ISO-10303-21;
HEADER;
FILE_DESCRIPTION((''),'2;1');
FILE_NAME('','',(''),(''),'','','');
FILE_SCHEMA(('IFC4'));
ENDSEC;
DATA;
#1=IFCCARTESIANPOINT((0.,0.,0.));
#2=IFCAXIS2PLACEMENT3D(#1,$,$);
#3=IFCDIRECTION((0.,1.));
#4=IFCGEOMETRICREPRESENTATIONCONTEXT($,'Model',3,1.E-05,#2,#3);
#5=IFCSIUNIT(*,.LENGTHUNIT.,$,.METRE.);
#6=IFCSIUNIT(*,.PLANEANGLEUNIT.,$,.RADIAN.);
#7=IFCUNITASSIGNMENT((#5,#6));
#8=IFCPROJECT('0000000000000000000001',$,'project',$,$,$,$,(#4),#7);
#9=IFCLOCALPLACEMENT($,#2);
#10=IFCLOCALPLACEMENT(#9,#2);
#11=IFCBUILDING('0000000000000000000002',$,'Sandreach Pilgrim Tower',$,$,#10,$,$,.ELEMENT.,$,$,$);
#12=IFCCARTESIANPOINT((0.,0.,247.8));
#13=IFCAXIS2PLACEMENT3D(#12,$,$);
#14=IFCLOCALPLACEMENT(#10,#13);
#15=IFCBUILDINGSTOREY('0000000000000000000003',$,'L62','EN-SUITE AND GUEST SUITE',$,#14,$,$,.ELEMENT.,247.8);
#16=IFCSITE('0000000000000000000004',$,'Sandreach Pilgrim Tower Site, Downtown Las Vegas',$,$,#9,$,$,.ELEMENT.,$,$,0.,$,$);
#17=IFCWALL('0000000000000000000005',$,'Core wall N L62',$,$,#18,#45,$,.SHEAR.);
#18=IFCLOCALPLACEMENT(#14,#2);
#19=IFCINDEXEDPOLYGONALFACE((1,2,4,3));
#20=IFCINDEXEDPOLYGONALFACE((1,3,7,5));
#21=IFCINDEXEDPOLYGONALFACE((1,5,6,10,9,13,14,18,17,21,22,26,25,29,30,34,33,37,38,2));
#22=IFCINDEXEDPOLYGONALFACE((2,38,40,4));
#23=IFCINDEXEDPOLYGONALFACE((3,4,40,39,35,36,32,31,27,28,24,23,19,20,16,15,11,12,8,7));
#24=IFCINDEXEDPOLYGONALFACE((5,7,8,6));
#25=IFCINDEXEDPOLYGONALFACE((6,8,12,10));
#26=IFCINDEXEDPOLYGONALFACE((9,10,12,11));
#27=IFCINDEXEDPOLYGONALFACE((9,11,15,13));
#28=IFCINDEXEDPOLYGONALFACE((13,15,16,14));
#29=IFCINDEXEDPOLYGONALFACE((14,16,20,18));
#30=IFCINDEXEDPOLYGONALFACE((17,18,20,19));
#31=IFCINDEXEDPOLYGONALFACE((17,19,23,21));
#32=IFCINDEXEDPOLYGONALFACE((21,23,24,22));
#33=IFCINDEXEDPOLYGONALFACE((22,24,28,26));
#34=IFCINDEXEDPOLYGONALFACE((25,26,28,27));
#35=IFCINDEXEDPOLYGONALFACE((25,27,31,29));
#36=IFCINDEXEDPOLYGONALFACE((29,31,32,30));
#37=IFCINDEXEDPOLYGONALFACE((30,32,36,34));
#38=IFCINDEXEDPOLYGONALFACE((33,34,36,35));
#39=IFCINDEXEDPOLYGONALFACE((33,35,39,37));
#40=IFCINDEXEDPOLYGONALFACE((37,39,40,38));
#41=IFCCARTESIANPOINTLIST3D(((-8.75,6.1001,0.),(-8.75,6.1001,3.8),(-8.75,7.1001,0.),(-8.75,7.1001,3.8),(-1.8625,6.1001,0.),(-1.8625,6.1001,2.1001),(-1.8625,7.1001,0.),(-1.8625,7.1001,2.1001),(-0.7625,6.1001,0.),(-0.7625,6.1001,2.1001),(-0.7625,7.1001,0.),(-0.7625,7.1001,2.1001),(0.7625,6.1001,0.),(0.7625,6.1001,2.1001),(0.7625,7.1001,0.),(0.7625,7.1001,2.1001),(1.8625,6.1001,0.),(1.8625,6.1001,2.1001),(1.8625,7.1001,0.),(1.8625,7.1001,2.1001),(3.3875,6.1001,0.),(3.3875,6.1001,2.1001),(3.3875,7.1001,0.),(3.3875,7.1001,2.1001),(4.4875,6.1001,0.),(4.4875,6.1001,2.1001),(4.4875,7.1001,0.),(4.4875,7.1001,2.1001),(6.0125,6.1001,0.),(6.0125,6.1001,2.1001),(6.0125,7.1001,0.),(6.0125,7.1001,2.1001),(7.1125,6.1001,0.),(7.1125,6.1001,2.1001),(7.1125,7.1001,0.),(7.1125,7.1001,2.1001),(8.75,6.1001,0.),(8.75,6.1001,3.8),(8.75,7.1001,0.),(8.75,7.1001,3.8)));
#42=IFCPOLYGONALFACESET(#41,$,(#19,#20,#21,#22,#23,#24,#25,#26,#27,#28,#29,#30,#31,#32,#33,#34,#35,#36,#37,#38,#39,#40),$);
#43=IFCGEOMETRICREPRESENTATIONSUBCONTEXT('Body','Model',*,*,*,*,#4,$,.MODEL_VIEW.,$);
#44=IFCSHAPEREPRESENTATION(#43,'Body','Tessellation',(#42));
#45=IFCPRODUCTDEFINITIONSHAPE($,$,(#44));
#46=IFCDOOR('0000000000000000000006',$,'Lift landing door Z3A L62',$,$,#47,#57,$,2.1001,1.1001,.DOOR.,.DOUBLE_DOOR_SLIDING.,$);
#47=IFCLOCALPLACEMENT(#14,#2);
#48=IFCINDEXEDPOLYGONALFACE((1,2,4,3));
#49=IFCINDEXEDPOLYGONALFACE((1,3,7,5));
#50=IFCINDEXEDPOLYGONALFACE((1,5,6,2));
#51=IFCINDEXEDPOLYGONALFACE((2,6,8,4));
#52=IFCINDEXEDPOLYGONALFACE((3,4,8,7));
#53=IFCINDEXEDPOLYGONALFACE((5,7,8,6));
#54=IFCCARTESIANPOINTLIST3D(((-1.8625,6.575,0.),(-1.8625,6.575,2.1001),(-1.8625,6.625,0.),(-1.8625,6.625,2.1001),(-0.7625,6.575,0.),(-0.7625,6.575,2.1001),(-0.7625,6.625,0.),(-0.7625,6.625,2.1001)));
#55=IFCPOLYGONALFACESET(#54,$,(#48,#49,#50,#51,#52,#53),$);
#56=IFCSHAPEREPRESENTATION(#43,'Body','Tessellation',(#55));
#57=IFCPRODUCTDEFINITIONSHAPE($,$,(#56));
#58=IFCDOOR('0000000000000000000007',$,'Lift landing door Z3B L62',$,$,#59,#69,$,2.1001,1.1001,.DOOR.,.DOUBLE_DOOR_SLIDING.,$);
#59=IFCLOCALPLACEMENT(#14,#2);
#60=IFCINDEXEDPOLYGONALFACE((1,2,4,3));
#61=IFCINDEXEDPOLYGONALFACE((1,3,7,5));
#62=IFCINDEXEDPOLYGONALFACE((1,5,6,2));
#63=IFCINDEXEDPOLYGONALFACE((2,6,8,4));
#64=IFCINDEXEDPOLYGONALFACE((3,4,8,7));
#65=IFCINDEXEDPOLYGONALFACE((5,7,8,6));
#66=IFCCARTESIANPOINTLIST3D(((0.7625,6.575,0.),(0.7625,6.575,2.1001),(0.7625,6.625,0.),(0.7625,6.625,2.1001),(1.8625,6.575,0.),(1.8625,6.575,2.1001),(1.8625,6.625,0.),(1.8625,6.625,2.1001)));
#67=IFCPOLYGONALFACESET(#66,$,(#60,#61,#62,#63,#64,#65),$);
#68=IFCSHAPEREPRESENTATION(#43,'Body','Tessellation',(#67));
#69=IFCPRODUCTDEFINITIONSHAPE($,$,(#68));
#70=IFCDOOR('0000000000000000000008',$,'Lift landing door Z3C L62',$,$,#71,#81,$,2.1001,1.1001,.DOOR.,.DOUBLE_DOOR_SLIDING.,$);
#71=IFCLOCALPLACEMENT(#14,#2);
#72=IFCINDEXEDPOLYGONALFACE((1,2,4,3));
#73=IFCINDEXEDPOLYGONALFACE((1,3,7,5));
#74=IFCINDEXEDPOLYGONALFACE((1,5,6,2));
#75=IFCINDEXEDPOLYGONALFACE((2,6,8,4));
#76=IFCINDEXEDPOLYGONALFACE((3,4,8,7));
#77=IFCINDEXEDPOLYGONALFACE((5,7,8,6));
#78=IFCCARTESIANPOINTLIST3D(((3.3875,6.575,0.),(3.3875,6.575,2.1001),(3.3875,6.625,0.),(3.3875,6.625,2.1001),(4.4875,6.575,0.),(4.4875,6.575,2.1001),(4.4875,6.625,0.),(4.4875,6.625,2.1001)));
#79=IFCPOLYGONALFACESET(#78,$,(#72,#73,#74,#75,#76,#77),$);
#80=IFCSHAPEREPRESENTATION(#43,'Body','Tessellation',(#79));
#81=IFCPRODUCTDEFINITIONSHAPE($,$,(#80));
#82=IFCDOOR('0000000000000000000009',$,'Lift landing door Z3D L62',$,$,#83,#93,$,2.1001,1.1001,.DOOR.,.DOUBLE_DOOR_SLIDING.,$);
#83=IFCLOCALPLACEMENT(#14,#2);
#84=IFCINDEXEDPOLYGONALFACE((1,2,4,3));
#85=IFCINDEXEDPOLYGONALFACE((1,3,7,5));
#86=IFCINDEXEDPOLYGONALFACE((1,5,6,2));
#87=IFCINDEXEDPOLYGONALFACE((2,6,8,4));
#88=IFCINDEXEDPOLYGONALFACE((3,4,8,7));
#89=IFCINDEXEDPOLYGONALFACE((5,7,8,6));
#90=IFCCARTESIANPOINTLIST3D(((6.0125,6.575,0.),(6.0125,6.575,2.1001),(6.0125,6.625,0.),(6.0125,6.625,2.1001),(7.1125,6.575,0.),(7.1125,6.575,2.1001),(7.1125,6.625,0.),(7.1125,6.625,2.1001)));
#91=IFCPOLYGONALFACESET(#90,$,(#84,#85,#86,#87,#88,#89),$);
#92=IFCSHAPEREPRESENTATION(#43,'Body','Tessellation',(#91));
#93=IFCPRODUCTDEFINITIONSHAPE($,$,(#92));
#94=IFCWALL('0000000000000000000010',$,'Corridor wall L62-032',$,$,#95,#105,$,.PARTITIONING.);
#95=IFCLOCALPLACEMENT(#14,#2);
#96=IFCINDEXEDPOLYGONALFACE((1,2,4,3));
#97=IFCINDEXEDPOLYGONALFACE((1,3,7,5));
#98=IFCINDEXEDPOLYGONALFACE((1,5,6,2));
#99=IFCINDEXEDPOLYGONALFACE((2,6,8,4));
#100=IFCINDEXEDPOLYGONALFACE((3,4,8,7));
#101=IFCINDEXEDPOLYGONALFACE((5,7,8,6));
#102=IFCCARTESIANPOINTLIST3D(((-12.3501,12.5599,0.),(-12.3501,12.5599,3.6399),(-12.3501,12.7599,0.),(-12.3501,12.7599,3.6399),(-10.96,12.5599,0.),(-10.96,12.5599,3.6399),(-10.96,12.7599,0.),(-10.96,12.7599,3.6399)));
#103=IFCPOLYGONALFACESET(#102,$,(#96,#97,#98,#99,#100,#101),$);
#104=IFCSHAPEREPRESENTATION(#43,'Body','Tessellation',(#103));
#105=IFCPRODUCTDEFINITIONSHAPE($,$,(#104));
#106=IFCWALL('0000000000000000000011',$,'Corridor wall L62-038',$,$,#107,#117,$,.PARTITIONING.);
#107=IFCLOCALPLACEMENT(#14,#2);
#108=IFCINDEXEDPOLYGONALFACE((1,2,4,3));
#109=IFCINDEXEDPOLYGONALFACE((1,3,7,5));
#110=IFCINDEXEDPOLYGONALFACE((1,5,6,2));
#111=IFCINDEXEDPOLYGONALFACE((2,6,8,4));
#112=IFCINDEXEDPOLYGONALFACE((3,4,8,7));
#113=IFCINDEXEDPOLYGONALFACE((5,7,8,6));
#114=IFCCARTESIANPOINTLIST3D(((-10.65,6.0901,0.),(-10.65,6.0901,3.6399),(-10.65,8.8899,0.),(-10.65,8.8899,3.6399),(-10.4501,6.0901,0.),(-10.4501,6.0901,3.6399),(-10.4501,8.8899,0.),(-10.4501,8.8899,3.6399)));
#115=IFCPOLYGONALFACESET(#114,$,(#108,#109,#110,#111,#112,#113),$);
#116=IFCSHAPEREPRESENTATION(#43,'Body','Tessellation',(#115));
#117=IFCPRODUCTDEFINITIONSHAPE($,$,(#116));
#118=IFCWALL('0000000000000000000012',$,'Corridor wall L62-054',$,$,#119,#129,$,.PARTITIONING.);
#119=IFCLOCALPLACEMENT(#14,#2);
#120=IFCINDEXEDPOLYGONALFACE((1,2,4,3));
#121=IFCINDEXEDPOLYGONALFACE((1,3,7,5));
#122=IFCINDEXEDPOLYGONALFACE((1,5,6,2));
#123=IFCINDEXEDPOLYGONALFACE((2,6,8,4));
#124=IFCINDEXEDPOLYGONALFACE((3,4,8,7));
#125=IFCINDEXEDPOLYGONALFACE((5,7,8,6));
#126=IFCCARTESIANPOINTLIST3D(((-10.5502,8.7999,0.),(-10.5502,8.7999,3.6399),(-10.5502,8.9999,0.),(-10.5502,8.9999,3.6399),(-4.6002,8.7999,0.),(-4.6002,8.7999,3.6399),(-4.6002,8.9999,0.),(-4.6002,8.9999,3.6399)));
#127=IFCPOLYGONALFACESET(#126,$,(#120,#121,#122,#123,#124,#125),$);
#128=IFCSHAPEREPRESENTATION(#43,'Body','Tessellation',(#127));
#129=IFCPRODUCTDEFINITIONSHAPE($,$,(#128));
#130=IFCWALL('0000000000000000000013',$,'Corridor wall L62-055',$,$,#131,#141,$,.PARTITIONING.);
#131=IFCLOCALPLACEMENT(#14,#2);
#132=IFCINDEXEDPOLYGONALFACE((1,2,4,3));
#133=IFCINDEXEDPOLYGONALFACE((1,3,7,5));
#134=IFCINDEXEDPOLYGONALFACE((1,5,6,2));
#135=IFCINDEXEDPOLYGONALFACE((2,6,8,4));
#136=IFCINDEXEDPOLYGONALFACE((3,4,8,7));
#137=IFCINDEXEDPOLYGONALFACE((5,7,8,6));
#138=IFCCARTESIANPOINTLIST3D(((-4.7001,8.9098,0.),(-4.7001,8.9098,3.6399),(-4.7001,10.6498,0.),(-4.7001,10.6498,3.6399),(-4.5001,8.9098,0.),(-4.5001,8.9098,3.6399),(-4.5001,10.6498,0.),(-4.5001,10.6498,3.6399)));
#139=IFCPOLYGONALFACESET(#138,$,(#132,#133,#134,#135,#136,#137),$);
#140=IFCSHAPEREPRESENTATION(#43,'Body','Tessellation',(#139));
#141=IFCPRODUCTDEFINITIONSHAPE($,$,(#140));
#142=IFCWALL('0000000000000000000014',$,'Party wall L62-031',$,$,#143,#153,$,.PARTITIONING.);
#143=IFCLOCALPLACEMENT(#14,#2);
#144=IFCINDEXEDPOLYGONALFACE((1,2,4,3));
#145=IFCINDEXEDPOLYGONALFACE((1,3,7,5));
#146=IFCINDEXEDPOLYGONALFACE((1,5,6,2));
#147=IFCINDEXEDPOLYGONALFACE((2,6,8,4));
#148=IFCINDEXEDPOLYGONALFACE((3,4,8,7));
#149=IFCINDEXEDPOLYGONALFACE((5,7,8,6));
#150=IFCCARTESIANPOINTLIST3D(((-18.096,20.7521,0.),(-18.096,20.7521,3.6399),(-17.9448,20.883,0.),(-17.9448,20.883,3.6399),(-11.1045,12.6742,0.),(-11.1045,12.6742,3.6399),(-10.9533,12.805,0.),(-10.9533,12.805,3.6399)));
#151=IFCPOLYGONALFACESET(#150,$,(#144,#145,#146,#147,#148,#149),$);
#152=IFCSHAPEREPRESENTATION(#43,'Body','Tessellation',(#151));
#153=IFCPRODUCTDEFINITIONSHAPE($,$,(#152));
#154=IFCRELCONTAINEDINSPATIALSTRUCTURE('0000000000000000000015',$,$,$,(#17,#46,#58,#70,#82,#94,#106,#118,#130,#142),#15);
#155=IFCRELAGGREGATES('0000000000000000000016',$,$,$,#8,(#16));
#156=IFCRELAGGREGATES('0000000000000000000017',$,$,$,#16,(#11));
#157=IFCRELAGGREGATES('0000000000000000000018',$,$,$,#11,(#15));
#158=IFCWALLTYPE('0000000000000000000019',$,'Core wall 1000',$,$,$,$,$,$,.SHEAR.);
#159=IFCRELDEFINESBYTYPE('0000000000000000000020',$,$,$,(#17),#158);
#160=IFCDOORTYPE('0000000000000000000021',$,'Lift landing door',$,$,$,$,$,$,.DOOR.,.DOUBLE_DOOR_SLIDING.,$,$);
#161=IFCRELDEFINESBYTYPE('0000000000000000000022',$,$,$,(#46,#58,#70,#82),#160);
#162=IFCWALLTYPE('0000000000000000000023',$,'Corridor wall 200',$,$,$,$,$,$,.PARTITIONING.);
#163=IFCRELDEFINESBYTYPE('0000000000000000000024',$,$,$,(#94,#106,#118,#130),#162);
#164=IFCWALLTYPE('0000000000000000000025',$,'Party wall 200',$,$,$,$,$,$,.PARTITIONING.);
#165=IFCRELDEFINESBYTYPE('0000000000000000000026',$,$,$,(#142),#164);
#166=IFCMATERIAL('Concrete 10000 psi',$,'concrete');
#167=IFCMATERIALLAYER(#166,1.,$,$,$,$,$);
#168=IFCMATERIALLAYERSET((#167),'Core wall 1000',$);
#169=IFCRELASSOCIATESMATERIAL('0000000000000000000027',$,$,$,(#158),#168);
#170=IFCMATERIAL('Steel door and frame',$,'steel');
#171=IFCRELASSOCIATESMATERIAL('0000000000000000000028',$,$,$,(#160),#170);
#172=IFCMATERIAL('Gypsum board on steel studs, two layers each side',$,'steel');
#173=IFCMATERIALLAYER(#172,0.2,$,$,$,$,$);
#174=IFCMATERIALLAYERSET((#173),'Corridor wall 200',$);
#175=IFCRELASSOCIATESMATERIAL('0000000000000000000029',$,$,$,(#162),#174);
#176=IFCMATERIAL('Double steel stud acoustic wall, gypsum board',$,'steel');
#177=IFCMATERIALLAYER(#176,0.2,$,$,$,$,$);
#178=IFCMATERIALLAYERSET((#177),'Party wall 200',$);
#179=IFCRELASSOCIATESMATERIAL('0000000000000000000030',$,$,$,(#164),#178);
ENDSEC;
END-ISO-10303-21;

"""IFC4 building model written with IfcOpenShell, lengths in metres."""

from ifc_helpers import new_model, si_unit, direction, frame, frame_2d, origin, place, context, subcontext, project, spatial, rectangle, extrude, material, layer, layer_set, type_object, element, fill, save


model = new_model("IFC4")

# Units and contexts
model_context = context("Model", 3, precision=1e-05, world=origin(), true_north=direction((0.0, 1.0)))
body_context = subcontext(model_context, "Body", "Model", "MODEL_VIEW")
ifc_project = project(units=[si_unit("LENGTHUNIT", "METRE"), si_unit("PLANEANGLEUNIT", "RADIAN")], contexts=[model_context])

# Site, building, storey
site_placement = place(None, origin())
site = spatial("IfcSite", under=ifc_project, at=site_placement, Name="Sandreach Pilgrim Tower Site, Downtown Las Vegas", CompositionType="ELEMENT", RefElevation=0.0)
building_placement = place(site_placement, origin())
building = spatial("IfcBuilding", under=site, at=building_placement, Name="Sandreach Pilgrim Tower", CompositionType="ELEMENT")
storey_placement = place(building_placement, frame((0.0, 0.0, 247.8)))
storey = spatial("IfcBuildingStorey", under=building, at=storey_placement, Name="L62", Description="EN-SUITE AND GUEST SUITE", CompositionType="ELEMENT", Elevation=247.8)

# Wall, openings, doors
ifc_material_1 = material(Name="Concrete 10000 psi", Category="concrete")
ifc_layer_1 = layer(ifc_material_1, 1.0)
ifc_layer_set_1 = layer_set([ifc_layer_1], Name="Core wall 1000")
wall_type_1 = type_object("IfcWallType", Name="Core wall 1000", PredefinedType="SHEAR", material=ifc_layer_set_1)
wall_1_placement = place(storey_placement, frame((-8.75, 6.6001, 0.0), z_axis=(0.0, 0.0, 1.0), x_axis=(1.0, 0.0, 0.0)))
wall_1 = element("IfcWall", 1, at=wall_1_placement, inside=storey, type_object=wall_type_1, Name="Core wall N L62", PredefinedType="SHEAR", context=body_context, shape_type="SweptSolid", body=[
    extrude(rectangle(XDim=17.5, YDim=1.0, at=frame_2d((8.75, 0.0))), origin(), (0.0, 0.0, 1.0), 3.8),
])
opening_1_placement = place(wall_1_placement, frame((6.8875, 0.0, 0.0)))
opening_1 = element("IfcOpeningElement", 2, at=opening_1_placement, cuts=wall_1, PredefinedType="OPENING", context=body_context, shape_type="SweptSolid", body=[
    extrude(rectangle(XDim=1.1001, YDim=2.1001, at=frame_2d((0.55, 1.05))), frame((0.0, 0.5, 0.0), z_axis=(0.0, -1.0, 0.0), x_axis=(1.0, 0.0, 0.0)), (0.0, 0.0, 1.0), 1.0),
])
opening_2_placement = place(wall_1_placement, frame((9.5125, 0.0, 0.0)))
opening_2 = element("IfcOpeningElement", 3, at=opening_2_placement, cuts=wall_1, PredefinedType="OPENING", context=body_context, shape_type="SweptSolid", body=[
    extrude(rectangle(XDim=1.1001, YDim=2.1001, at=frame_2d((0.55, 1.05))), frame((0.0, 0.5, 0.0), z_axis=(0.0, -1.0, 0.0), x_axis=(1.0, 0.0, 0.0)), (0.0, 0.0, 1.0), 1.0),
])
opening_3_placement = place(wall_1_placement, frame((12.1375, 0.0, 0.0)))
opening_3 = element("IfcOpeningElement", 4, at=opening_3_placement, cuts=wall_1, PredefinedType="OPENING", context=body_context, shape_type="SweptSolid", body=[
    extrude(rectangle(XDim=1.1001, YDim=2.1001, at=frame_2d((0.55, 1.05))), frame((0.0, 0.5, 0.0), z_axis=(0.0, -1.0, 0.0), x_axis=(1.0, 0.0, 0.0)), (0.0, 0.0, 1.0), 1.0),
])
opening_4_placement = place(wall_1_placement, frame((14.7625, 0.0, 0.0)))
opening_4 = element("IfcOpeningElement", 5, at=opening_4_placement, cuts=wall_1, PredefinedType="OPENING", context=body_context, shape_type="SweptSolid", body=[
    extrude(rectangle(XDim=1.1001, YDim=2.1001, at=frame_2d((0.55, 1.05))), frame((0.0, 0.5, 0.0), z_axis=(0.0, -1.0, 0.0), x_axis=(1.0, 0.0, 0.0)), (0.0, 0.0, 1.0), 1.0),
])
ifc_material_2 = material(Name="Steel door and frame", Category="steel")
door_type_1 = type_object("IfcDoorType", Name="Lift landing door", OperationType="DOUBLE_DOOR_SLIDING", PredefinedType="DOOR", material=ifc_material_2)
door_1_placement = place(opening_1_placement, origin())
door_1 = element("IfcDoor", 6, at=door_1_placement, inside=storey, type_object=door_type_1, Name="Lift landing door Z3A L62", OperationType="DOUBLE_DOOR_SLIDING", OverallHeight=2.1001, OverallWidth=1.1001, PredefinedType="DOOR", context=body_context, shape_type="SweptSolid", body=[
    extrude(rectangle(XDim=1.1001, YDim=2.1001, at=frame_2d((0.55, 1.05))), frame((0.0, 0.0249, 0.0), z_axis=(0.0, -1.0, 0.0), x_axis=(1.0, 0.0, 0.0)), (0.0, 0.0, 1.0), 0.05),
])
fill(opening_1, door_1)
door_2_placement = place(opening_2_placement, origin())
door_2 = element("IfcDoor", 7, at=door_2_placement, inside=storey, type_object=door_type_1, Name="Lift landing door Z3B L62", OperationType="DOUBLE_DOOR_SLIDING", OverallHeight=2.1001, OverallWidth=1.1001, PredefinedType="DOOR", context=body_context, shape_type="SweptSolid", body=[
    extrude(rectangle(XDim=1.1001, YDim=2.1001, at=frame_2d((0.55, 1.05))), frame((0.0, 0.0249, 0.0), z_axis=(0.0, -1.0, 0.0), x_axis=(1.0, 0.0, 0.0)), (0.0, 0.0, 1.0), 0.05),
])
fill(opening_2, door_2)
door_3_placement = place(opening_3_placement, origin())
door_3 = element("IfcDoor", 8, at=door_3_placement, inside=storey, type_object=door_type_1, Name="Lift landing door Z3C L62", OperationType="DOUBLE_DOOR_SLIDING", OverallHeight=2.1001, OverallWidth=1.1001, PredefinedType="DOOR", context=body_context, shape_type="SweptSolid", body=[
    extrude(rectangle(XDim=1.1001, YDim=2.1001, at=frame_2d((0.55, 1.05))), frame((0.0, 0.0249, 0.0), z_axis=(0.0, -1.0, 0.0), x_axis=(1.0, 0.0, 0.0)), (0.0, 0.0, 1.0), 0.05),
])
fill(opening_3, door_3)
door_4_placement = place(opening_4_placement, origin())
door_4 = element("IfcDoor", 9, at=door_4_placement, inside=storey, type_object=door_type_1, Name="Lift landing door Z3D L62", OperationType="DOUBLE_DOOR_SLIDING", OverallHeight=2.1001, OverallWidth=1.1001, PredefinedType="DOOR", context=body_context, shape_type="SweptSolid", body=[
    extrude(rectangle(XDim=1.1001, YDim=2.1001, at=frame_2d((0.55, 1.05))), frame((0.0, 0.0249, 0.0), z_axis=(0.0, -1.0, 0.0), x_axis=(1.0, 0.0, 0.0)), (0.0, 0.0, 1.0), 0.05),
])
fill(opening_4, door_4)

# Shared definitions
ifc_material_3 = material(Name="Gypsum board on steel studs, two layers each side", Category="steel")
ifc_layer_2 = layer(ifc_material_3, 0.2)
ifc_layer_set_2 = layer_set([ifc_layer_2], Name="Corridor wall 200")
wall_type_2 = type_object("IfcWallType", Name="Corridor wall 200", PredefinedType="PARTITIONING", material=ifc_layer_set_2)

# Walls
wall_2_placement = place(storey_placement, frame((-10.96, 12.6599, 0.0), z_axis=(0.0, 0.0, 1.0), x_axis=(-1.0, 0.0, 0.0)))
element("IfcWall", 10, at=wall_2_placement, inside=storey, type_object=wall_type_2, Name="Corridor wall L62-032", PredefinedType="PARTITIONING", context=body_context, shape_type="SweptSolid", body=[
    extrude(rectangle(XDim=1.3901, YDim=0.2, at=frame_2d((0.6951, 0.0))), origin(), (0.0, 0.0, 1.0), 3.6399),
])
wall_3_placement = place(storey_placement, frame((-10.55, 8.8899, 0.0), z_axis=(0.0, 0.0, 1.0), x_axis=(0.0, -1.0, 0.0)))
element("IfcWall", 11, at=wall_3_placement, inside=storey, type_object=wall_type_2, Name="Corridor wall L62-038", PredefinedType="PARTITIONING", context=body_context, shape_type="SweptSolid", body=[
    extrude(rectangle(XDim=2.7998, YDim=0.2, at=frame_2d((1.3999, 0.0))), origin(), (0.0, 0.0, 1.0), 3.6399),
])

# Walls
wall_4_placement = place(storey_placement, frame((-4.6001, 8.8999, 0.0), z_axis=(0.0, 0.0, 1.0), x_axis=(-1.0, 0.0, 0.0)))
element("IfcWall", 12, at=wall_4_placement, inside=storey, type_object=wall_type_2, Name="Corridor wall L62-054", PredefinedType="PARTITIONING", context=body_context, shape_type="SweptSolid", body=[
    extrude(rectangle(XDim=5.95, YDim=0.2, at=frame_2d((2.9751, 0.0))), origin(), (0.0, 0.0, 1.0), 3.6399),
])
wall_5_placement = place(storey_placement, frame((-4.6001, 10.6499, 0.0), z_axis=(0.0, 0.0, 1.0), x_axis=(0.0, -1.0, 0.0)))
element("IfcWall", 13, at=wall_5_placement, inside=storey, type_object=wall_type_2, Name="Corridor wall L62-055", PredefinedType="PARTITIONING", context=body_context, shape_type="SweptSolid", body=[
    extrude(rectangle(XDim=1.74, YDim=0.2, at=frame_2d((0.8701, 0.0))), origin(), (0.0, 0.0, 1.0), 3.6399),
])

# Wall
ifc_material_4 = material(Name="Double steel stud acoustic wall, gypsum board", Category="steel")
ifc_layer_3 = layer(ifc_material_4, 0.2)
ifc_layer_set_3 = layer_set([ifc_layer_3], Name="Party wall 200")
wall_type_3 = type_object("IfcWallType", Name="Party wall 200", PredefinedType="PARTITIONING", material=ifc_layer_set_3)
wall_6_placement = place(storey_placement, frame((-11.0288, 12.7395, 0.0), z_axis=(0.0, 0.0, 1.0), x_axis=(-0.654429, 0.756123, 0.0)))
element("IfcWall", 14, at=wall_6_placement, inside=storey, type_object=wall_type_3, Name="Party wall L62-031", PredefinedType="PARTITIONING", context=body_context, shape_type="SweptSolid", body=[
    extrude(rectangle(XDim=10.6833, YDim=0.2, at=frame_2d((5.3418, 0.0))), origin(), (0.0, 0.0, 1.0), 3.6399),
])

save(model, "model.ifc")
